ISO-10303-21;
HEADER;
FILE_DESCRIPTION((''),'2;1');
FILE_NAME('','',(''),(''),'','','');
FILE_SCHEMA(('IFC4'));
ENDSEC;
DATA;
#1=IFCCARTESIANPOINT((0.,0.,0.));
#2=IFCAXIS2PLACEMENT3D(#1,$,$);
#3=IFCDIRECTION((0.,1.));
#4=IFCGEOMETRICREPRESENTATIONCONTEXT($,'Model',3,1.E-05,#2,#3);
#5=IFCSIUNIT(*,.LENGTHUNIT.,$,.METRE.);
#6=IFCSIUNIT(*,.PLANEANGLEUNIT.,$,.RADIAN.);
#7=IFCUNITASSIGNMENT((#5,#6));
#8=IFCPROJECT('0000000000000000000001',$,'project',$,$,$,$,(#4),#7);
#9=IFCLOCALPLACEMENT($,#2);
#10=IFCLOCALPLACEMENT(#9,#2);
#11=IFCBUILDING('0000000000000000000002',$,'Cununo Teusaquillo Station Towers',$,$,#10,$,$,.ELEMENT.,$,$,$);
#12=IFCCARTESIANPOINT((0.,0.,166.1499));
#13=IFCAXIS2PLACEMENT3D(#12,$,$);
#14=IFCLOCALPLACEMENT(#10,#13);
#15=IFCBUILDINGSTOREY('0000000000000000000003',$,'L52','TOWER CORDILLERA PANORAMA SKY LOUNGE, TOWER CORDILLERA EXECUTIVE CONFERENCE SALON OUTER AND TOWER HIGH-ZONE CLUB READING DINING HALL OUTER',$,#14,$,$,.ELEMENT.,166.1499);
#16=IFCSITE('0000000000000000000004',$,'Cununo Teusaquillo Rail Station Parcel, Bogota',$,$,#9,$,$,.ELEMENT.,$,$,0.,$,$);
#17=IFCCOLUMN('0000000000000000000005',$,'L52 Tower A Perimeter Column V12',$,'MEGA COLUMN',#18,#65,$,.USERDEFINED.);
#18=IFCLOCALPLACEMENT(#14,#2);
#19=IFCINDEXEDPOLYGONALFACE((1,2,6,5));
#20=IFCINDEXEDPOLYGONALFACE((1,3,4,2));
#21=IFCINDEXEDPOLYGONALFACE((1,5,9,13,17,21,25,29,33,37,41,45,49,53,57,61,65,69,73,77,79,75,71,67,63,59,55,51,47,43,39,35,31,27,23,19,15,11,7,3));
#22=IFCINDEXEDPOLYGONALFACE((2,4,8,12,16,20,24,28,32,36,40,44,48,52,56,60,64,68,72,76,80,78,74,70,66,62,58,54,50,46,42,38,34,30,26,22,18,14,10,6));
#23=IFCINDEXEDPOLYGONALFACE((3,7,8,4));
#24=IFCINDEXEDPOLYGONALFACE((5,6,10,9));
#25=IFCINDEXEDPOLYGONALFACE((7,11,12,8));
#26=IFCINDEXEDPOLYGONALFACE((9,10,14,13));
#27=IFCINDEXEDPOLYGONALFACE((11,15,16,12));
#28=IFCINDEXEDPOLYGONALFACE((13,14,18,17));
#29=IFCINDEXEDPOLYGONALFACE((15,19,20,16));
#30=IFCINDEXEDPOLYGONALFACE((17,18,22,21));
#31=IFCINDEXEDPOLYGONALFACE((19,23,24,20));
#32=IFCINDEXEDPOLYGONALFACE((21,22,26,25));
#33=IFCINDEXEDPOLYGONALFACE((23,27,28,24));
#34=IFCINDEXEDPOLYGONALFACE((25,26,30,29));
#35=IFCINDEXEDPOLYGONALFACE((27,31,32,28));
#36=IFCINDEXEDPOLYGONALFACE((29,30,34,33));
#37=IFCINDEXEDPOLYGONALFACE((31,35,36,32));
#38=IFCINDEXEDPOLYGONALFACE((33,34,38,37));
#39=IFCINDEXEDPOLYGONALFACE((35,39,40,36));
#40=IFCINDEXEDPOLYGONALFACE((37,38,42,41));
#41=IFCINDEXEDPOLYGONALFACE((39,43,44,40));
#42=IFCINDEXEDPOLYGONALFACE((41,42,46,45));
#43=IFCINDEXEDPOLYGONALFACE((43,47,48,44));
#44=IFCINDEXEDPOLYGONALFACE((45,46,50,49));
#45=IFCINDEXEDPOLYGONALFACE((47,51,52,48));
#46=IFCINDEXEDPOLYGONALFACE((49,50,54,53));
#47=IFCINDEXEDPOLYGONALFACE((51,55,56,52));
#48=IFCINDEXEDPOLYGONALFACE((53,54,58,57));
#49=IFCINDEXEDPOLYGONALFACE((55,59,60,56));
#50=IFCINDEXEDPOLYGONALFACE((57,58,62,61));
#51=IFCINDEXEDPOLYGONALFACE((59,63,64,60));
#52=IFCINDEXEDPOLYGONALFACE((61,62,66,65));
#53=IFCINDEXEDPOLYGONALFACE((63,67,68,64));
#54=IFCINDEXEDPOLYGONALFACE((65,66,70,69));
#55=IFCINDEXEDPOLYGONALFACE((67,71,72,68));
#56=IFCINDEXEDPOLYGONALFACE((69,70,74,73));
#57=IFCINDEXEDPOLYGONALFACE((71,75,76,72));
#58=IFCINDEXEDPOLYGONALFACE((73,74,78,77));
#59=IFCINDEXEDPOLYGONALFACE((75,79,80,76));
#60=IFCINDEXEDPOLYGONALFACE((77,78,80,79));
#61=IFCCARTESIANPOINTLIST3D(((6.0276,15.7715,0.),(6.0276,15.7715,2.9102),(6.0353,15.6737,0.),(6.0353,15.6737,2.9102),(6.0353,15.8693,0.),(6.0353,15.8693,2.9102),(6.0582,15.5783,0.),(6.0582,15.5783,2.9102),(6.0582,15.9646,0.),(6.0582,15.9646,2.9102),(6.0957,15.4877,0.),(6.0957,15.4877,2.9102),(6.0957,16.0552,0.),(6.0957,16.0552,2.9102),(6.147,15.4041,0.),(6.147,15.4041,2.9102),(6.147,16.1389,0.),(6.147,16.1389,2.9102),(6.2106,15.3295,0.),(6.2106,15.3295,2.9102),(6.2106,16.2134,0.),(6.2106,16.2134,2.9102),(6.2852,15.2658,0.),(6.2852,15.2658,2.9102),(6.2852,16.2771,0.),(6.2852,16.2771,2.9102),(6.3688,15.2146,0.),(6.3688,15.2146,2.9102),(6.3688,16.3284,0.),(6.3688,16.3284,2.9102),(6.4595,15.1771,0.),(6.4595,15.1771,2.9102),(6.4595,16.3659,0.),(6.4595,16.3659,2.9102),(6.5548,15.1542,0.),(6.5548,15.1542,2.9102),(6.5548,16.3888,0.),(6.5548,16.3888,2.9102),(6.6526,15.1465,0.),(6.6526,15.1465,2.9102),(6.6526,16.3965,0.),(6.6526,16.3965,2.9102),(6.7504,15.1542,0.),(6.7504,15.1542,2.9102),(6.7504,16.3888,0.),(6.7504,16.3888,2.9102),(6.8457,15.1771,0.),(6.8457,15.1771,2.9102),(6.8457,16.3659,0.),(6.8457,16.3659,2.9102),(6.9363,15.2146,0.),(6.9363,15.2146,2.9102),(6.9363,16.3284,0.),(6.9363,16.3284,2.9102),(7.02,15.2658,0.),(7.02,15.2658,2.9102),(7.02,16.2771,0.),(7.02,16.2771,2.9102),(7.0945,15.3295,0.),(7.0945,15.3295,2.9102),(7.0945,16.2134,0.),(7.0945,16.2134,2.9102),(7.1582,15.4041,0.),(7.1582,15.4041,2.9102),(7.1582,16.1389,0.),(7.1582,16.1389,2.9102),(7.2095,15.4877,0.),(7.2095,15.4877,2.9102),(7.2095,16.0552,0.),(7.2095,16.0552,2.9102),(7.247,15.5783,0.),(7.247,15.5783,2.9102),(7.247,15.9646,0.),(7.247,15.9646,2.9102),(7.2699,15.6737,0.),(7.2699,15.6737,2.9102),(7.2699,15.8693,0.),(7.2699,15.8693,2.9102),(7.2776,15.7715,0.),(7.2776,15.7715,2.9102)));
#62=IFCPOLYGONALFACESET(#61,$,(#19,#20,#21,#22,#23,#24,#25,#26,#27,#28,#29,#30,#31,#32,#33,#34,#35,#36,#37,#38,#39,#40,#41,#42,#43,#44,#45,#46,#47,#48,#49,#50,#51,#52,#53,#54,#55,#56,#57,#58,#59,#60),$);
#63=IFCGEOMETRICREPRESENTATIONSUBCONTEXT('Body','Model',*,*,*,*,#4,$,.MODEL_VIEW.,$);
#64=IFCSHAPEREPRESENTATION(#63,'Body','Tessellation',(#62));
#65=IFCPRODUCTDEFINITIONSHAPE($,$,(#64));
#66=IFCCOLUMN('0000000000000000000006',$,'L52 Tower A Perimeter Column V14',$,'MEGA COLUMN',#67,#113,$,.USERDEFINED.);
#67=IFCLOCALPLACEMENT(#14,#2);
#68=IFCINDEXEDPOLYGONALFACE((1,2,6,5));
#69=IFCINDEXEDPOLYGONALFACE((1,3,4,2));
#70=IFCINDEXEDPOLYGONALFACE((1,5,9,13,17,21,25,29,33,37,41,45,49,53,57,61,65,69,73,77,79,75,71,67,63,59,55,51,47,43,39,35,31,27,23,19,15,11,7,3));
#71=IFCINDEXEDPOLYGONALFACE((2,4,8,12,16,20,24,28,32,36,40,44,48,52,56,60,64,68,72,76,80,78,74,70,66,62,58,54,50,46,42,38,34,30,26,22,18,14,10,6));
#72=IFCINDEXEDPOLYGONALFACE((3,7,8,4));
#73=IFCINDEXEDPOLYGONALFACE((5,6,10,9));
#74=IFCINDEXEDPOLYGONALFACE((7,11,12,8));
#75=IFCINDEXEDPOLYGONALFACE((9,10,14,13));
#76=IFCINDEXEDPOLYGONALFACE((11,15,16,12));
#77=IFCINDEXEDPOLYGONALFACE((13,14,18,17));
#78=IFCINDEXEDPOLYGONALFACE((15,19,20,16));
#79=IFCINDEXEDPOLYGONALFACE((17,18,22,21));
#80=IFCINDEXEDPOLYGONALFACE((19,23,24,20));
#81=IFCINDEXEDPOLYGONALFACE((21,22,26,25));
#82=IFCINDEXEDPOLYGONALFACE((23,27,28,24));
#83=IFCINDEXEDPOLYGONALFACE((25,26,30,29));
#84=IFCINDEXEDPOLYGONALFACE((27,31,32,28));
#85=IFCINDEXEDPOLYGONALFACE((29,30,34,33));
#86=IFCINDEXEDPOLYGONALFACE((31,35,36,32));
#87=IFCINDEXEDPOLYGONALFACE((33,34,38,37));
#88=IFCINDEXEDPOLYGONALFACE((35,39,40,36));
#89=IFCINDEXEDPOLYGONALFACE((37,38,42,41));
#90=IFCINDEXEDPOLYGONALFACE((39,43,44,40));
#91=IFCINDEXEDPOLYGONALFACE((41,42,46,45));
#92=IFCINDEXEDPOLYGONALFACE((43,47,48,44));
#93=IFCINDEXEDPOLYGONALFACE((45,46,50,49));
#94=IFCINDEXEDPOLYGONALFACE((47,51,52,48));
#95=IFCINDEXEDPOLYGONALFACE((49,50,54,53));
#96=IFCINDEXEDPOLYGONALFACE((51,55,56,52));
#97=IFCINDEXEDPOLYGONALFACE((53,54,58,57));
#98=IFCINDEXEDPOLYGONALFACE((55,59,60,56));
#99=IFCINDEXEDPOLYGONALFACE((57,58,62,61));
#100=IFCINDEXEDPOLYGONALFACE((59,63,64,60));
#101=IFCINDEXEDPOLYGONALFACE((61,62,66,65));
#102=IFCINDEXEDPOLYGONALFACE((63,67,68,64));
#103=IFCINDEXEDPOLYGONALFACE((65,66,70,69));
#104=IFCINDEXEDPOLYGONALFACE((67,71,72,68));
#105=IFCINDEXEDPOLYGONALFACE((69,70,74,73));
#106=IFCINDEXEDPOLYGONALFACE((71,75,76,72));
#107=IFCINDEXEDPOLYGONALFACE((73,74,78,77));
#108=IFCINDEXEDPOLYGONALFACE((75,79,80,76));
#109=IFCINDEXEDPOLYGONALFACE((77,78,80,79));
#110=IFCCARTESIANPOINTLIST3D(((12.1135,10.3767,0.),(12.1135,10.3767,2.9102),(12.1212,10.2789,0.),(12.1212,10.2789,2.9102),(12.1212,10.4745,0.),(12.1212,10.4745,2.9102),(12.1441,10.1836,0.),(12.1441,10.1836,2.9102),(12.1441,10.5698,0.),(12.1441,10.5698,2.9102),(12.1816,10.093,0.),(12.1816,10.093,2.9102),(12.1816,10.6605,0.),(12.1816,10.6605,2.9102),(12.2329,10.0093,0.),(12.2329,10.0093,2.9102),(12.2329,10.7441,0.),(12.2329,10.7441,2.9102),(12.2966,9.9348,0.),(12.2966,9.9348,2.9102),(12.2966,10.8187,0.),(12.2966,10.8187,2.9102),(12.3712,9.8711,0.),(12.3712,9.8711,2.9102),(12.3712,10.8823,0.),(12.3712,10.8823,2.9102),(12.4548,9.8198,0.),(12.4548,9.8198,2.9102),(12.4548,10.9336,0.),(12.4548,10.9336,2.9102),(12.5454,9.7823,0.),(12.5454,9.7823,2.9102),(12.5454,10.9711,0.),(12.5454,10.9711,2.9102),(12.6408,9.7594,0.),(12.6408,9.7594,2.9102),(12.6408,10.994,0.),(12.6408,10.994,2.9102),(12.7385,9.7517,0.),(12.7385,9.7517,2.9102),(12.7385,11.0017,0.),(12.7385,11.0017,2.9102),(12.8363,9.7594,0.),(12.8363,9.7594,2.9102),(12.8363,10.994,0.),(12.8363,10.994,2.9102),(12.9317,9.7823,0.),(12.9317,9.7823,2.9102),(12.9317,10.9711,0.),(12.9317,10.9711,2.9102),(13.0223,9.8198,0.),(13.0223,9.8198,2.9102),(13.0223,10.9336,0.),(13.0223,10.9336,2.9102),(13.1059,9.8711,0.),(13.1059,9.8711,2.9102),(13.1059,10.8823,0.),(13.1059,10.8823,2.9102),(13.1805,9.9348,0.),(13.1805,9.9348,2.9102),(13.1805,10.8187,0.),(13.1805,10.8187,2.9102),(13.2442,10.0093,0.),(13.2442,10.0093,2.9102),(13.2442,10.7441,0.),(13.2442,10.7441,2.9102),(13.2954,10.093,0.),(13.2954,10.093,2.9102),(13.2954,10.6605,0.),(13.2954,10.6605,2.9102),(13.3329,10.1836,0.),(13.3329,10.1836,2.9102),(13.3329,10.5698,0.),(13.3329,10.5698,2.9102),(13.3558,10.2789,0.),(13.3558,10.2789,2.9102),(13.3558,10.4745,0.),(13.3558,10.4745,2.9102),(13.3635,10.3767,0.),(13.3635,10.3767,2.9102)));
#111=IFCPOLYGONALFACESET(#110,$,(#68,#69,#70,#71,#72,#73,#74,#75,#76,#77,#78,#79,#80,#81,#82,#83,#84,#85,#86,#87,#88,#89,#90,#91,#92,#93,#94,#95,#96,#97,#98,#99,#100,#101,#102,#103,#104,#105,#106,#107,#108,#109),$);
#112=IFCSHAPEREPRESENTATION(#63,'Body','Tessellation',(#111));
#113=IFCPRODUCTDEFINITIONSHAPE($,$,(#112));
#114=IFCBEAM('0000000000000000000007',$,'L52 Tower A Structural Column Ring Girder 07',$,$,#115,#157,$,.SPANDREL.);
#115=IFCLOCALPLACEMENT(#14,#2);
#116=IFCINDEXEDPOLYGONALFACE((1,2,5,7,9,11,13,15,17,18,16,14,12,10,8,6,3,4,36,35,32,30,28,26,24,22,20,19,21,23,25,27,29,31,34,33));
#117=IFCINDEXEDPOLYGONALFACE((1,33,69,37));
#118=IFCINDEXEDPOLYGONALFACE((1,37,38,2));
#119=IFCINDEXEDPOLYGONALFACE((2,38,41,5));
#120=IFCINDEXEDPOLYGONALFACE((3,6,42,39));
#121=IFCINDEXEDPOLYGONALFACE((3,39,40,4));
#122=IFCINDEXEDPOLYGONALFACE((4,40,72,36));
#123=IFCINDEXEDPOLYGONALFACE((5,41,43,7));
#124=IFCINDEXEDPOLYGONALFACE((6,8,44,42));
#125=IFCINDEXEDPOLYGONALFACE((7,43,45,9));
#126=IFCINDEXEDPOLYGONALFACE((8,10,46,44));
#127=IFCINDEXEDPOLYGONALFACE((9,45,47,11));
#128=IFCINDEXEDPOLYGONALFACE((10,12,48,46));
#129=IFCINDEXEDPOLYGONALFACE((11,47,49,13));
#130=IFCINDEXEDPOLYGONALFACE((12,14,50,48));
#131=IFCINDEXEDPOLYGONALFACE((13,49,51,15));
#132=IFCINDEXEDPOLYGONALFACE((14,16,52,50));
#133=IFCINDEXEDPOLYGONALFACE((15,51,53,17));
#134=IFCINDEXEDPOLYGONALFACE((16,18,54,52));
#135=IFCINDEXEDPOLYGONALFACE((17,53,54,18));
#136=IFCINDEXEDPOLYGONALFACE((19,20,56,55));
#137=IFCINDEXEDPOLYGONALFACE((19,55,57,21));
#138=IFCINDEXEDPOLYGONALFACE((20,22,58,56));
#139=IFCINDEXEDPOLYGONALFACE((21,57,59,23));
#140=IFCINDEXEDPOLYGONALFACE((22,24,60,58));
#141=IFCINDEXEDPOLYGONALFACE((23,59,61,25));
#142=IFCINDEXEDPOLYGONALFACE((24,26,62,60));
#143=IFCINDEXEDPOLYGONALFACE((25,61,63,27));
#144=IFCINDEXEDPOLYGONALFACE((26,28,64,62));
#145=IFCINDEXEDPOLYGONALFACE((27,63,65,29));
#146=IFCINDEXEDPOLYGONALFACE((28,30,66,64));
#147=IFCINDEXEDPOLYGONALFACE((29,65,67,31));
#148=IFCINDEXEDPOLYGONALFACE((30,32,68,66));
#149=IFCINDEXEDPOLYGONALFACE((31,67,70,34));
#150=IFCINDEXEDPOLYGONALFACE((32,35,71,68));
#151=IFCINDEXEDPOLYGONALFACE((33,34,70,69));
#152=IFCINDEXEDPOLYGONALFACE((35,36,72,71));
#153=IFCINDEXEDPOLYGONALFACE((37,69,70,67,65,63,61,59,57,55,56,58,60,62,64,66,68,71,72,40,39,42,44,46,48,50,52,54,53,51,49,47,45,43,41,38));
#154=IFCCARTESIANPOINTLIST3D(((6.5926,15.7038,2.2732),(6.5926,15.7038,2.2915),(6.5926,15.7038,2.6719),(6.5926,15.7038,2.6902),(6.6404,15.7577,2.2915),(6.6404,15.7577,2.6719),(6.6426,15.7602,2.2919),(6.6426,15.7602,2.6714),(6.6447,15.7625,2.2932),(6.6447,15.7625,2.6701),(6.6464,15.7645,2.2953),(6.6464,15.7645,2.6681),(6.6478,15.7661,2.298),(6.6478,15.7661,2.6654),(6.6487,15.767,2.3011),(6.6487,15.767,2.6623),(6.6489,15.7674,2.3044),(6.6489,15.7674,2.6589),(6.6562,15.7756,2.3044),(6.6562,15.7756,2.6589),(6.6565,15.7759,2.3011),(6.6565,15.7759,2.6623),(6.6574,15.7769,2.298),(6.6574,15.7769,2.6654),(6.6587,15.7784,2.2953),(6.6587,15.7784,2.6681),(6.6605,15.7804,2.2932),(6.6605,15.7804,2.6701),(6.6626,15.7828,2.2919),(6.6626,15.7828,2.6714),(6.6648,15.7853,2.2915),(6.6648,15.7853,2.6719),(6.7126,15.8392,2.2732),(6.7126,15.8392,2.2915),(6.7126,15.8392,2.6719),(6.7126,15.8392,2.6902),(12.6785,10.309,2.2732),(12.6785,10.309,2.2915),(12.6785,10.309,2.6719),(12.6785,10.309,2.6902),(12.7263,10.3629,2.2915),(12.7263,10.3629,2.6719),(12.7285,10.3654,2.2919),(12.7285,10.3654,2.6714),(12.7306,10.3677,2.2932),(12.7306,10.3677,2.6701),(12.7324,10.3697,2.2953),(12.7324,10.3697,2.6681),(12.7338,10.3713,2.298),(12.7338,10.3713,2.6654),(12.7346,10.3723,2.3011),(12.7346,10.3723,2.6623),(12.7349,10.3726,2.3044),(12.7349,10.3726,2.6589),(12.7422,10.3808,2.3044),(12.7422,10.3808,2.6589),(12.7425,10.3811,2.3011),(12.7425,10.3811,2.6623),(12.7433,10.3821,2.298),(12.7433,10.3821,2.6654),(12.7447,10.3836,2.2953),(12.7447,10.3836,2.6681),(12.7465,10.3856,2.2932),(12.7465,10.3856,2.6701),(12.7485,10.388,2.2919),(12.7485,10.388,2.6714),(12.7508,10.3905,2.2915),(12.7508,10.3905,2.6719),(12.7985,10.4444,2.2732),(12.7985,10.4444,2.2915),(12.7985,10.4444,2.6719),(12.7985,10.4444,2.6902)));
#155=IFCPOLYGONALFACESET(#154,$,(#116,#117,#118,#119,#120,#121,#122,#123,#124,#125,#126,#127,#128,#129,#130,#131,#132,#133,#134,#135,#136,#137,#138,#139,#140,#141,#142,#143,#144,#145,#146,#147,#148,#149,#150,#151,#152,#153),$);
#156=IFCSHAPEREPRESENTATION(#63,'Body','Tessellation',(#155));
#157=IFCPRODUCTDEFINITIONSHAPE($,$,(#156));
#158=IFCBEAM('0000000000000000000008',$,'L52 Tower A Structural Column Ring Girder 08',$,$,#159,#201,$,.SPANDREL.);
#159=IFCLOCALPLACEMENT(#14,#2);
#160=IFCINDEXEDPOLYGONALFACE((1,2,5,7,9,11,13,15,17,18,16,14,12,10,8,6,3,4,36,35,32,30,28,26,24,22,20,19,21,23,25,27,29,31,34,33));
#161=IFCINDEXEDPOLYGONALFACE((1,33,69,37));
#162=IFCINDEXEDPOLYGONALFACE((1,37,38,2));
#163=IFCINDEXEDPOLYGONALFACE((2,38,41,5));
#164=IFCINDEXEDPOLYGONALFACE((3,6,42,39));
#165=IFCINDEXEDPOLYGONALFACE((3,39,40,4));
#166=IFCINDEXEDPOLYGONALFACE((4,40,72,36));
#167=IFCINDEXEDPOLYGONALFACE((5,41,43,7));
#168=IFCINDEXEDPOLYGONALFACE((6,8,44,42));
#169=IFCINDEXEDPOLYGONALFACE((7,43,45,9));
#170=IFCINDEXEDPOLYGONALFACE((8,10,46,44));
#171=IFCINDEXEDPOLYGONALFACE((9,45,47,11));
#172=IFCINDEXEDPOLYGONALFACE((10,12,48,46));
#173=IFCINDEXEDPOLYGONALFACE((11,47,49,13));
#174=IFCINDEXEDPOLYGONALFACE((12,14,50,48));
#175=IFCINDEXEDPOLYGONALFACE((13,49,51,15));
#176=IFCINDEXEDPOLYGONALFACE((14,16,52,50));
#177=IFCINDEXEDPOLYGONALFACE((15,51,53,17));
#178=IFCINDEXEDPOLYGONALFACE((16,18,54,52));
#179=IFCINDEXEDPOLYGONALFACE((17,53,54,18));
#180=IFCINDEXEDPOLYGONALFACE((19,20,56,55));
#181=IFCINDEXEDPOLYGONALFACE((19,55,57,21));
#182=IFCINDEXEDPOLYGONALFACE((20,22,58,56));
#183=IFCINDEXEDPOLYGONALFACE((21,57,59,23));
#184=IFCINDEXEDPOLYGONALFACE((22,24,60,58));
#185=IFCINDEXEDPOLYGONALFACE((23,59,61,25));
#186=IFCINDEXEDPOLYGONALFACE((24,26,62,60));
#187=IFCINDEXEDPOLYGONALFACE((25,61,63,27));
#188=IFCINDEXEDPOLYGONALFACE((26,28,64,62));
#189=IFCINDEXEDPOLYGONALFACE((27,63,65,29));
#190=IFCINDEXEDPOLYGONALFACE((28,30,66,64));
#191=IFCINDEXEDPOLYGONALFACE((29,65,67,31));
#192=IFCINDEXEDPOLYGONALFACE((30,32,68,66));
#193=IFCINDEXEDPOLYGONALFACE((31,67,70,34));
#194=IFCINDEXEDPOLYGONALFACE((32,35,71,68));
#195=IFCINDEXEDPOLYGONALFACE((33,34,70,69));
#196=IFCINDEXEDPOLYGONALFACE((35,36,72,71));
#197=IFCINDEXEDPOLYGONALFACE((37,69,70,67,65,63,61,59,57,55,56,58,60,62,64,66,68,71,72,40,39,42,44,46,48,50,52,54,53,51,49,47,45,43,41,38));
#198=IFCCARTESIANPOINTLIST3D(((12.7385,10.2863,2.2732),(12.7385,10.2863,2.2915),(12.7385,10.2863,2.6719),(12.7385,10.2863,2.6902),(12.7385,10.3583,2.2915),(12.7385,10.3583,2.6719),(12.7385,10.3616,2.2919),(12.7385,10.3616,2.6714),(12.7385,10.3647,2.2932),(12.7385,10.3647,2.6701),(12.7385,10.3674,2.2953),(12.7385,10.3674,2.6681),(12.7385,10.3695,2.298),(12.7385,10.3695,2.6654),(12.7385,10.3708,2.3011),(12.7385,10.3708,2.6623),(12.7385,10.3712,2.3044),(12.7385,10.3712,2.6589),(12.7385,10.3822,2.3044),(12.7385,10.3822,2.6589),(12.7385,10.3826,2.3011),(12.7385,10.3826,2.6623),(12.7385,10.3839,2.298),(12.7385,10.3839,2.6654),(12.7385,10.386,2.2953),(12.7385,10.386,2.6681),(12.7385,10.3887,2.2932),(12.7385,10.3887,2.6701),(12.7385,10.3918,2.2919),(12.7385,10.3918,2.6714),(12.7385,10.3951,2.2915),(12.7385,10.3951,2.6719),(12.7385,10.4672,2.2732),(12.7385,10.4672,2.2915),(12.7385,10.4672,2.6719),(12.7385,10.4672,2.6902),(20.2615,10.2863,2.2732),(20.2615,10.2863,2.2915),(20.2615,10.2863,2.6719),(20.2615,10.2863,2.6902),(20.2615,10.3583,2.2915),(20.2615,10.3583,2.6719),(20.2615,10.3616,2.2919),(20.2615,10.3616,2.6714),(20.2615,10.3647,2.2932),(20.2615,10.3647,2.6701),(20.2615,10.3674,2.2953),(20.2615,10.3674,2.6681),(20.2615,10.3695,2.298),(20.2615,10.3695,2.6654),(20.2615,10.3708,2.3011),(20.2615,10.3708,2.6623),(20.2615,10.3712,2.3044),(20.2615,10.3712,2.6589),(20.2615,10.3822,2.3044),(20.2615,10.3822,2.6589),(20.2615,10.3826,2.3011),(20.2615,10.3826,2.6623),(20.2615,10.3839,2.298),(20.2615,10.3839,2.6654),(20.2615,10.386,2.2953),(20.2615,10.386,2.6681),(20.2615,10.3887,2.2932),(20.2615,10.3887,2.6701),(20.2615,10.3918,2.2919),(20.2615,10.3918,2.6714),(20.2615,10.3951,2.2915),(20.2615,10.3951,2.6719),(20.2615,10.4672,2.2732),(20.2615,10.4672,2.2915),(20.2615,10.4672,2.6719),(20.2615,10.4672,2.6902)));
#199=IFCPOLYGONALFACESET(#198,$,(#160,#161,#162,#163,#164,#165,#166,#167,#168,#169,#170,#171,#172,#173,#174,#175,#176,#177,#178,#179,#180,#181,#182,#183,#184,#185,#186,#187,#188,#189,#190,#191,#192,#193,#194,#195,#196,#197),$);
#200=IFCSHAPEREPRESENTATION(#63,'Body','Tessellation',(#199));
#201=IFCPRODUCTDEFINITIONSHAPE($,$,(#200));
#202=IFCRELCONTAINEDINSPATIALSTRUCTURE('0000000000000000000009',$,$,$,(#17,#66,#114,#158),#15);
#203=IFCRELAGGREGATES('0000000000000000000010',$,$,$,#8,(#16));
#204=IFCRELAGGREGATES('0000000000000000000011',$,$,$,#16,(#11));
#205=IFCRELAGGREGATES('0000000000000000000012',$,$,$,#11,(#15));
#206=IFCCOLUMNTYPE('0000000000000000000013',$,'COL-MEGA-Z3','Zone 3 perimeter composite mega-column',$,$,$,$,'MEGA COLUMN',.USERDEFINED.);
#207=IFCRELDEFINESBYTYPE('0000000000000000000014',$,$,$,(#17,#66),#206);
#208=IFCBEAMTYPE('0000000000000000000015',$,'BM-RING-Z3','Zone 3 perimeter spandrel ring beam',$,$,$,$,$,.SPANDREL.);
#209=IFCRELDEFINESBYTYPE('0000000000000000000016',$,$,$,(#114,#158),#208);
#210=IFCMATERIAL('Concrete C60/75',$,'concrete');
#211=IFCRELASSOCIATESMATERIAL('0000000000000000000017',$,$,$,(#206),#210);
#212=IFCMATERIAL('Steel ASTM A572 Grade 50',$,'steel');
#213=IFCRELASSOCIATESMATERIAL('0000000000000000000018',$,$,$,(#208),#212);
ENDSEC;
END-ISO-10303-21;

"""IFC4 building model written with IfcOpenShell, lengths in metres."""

from ifc_helpers import new_model, si_unit, direction, frame, origin, origin_2d, place, context, subcontext, project, spatial, circle, i_section, extrude, material, material_profile, profile_set, type_object, element, save


model = new_model("IFC4")

# Units and contexts
model_context = context("Model", 3, precision=1e-05, world=origin(), true_north=direction((0.0, 1.0)))
body_context = subcontext(model_context, "Body", "Model", "MODEL_VIEW")
ifc_project = project(units=[si_unit("LENGTHUNIT", "METRE"), si_unit("PLANEANGLEUNIT", "RADIAN")], contexts=[model_context])

# Site, building, storey
site_placement = place(None, origin())
site = spatial("IfcSite", under=ifc_project, at=site_placement, Name="Cununo Teusaquillo Rail Station Parcel, Bogota", CompositionType="ELEMENT", RefElevation=0.0)
building_placement = place(site_placement, origin())
building = spatial("IfcBuilding", under=site, at=building_placement, Name="Cununo Teusaquillo Station Towers", CompositionType="ELEMENT")
storey_placement = place(building_placement, frame((0.0, 0.0, 166.1499)))
storey = spatial("IfcBuildingStorey", under=building, at=storey_placement, Name="L52", Description="TOWER CORDILLERA PANORAMA SKY LOUNGE, TOWER CORDILLERA EXECUTIVE CONFERENCE SALON OUTER AND TOWER HIGH-ZONE CLUB READING DINING HALL OUTER", CompositionType="ELEMENT", Elevation=166.1499)

# Columns
ifc_material_1 = material(Name="Concrete C60/75", Category="concrete")
ifc_material_profile_1 = material_profile(ifc_material_1, circle(Radius=0.625, at=origin_2d()), Name="RC-CIRC-1250")
ifc_profile_set_1 = profile_set([ifc_material_profile_1], Name="Concrete C60/75")
column_type = type_object("IfcColumnType", Name="COL-MEGA-Z3", Description="Zone 3 perimeter composite mega-column", ElementType="MEGA COLUMN", PredefinedType="USERDEFINED", material=ifc_profile_set_1)
for number, where, z_axis, x_axis, name in (
    (1, (6.6526, 15.7715, 0.0), (0.0, 0.0, 1.0), (1.0, 0.0, 0.0), "L52 Tower A Perimeter Column V12"),
    (2, (12.7385, 10.3767, 0.0), (0.0, 0.0, 1.0), (1.0, 0.0, 0.0), "L52 Tower A Perimeter Column V14"),
):
    element("IfcColumn", number, at=place(storey_placement, frame(where, z_axis=z_axis, x_axis=x_axis)), inside=storey, type_object=column_type, Name=name, ObjectType="MEGA COLUMN", PredefinedType="USERDEFINED", context=body_context, shape_type="SweptSolid", body=[
        extrude(circle(Radius=0.625, at=origin_2d()), origin(), (0.0, 0.0, 1.0), 2.9102),
    ])

# Beams
ifc_material_2 = material(Name="Steel ASTM A572 Grade 50", Category="steel")
ifc_material_profile_2 = material_profile(ifc_material_2, i_section(OverallWidth=0.1809, OverallDepth=0.417, WebThickness=0.011, FlangeThickness=0.0183, FilletRadius=0.0129, at=origin_2d()), Name="W16X57")
ifc_profile_set_2 = profile_set([ifc_material_profile_2], Name="Steel ASTM A572 Grade 50")
beam_type = type_object("IfcBeamType", Name="BM-RING-Z3", Description="Zone 3 perimeter spandrel ring beam", PredefinedType="SPANDREL", material=ifc_profile_set_2)
beam_1_placement = place(storey_placement, frame((6.6526, 15.7715, 2.4817), z_axis=(0.748321, -0.663337, 0.0), x_axis=(0.663337, 0.748321, 0.0)))
element("IfcBeam", 3, at=beam_1_placement, inside=storey, type_object=beam_type, Name="L52 Tower A Structural Column Ring Girder 07", PredefinedType="SPANDREL", context=body_context, shape_type="SweptSolid", body=[
    extrude(i_section(OverallWidth=0.1809, OverallDepth=0.417, WebThickness=0.011, FlangeThickness=0.0183, FilletRadius=0.0129, at=origin_2d()), origin(), (0.0, 0.0, 1.0), 8.1328),
])
beam_2_placement = place(storey_placement, frame((12.7385, 10.3767, 2.4817), z_axis=(1.0, 0.0, 0.0), x_axis=(0.0, 1.0, 0.0)))
element("IfcBeam", 4, at=beam_2_placement, inside=storey, type_object=beam_type, Name="L52 Tower A Structural Column Ring Girder 08", PredefinedType="SPANDREL", context=body_context, shape_type="SweptSolid", body=[
    extrude(i_section(OverallWidth=0.1809, OverallDepth=0.417, WebThickness=0.011, FlangeThickness=0.0183, FilletRadius=0.0129, at=origin_2d()), origin(), (0.0, 0.0, 1.0), 7.5229),
])

save(model, "model.ifc")
